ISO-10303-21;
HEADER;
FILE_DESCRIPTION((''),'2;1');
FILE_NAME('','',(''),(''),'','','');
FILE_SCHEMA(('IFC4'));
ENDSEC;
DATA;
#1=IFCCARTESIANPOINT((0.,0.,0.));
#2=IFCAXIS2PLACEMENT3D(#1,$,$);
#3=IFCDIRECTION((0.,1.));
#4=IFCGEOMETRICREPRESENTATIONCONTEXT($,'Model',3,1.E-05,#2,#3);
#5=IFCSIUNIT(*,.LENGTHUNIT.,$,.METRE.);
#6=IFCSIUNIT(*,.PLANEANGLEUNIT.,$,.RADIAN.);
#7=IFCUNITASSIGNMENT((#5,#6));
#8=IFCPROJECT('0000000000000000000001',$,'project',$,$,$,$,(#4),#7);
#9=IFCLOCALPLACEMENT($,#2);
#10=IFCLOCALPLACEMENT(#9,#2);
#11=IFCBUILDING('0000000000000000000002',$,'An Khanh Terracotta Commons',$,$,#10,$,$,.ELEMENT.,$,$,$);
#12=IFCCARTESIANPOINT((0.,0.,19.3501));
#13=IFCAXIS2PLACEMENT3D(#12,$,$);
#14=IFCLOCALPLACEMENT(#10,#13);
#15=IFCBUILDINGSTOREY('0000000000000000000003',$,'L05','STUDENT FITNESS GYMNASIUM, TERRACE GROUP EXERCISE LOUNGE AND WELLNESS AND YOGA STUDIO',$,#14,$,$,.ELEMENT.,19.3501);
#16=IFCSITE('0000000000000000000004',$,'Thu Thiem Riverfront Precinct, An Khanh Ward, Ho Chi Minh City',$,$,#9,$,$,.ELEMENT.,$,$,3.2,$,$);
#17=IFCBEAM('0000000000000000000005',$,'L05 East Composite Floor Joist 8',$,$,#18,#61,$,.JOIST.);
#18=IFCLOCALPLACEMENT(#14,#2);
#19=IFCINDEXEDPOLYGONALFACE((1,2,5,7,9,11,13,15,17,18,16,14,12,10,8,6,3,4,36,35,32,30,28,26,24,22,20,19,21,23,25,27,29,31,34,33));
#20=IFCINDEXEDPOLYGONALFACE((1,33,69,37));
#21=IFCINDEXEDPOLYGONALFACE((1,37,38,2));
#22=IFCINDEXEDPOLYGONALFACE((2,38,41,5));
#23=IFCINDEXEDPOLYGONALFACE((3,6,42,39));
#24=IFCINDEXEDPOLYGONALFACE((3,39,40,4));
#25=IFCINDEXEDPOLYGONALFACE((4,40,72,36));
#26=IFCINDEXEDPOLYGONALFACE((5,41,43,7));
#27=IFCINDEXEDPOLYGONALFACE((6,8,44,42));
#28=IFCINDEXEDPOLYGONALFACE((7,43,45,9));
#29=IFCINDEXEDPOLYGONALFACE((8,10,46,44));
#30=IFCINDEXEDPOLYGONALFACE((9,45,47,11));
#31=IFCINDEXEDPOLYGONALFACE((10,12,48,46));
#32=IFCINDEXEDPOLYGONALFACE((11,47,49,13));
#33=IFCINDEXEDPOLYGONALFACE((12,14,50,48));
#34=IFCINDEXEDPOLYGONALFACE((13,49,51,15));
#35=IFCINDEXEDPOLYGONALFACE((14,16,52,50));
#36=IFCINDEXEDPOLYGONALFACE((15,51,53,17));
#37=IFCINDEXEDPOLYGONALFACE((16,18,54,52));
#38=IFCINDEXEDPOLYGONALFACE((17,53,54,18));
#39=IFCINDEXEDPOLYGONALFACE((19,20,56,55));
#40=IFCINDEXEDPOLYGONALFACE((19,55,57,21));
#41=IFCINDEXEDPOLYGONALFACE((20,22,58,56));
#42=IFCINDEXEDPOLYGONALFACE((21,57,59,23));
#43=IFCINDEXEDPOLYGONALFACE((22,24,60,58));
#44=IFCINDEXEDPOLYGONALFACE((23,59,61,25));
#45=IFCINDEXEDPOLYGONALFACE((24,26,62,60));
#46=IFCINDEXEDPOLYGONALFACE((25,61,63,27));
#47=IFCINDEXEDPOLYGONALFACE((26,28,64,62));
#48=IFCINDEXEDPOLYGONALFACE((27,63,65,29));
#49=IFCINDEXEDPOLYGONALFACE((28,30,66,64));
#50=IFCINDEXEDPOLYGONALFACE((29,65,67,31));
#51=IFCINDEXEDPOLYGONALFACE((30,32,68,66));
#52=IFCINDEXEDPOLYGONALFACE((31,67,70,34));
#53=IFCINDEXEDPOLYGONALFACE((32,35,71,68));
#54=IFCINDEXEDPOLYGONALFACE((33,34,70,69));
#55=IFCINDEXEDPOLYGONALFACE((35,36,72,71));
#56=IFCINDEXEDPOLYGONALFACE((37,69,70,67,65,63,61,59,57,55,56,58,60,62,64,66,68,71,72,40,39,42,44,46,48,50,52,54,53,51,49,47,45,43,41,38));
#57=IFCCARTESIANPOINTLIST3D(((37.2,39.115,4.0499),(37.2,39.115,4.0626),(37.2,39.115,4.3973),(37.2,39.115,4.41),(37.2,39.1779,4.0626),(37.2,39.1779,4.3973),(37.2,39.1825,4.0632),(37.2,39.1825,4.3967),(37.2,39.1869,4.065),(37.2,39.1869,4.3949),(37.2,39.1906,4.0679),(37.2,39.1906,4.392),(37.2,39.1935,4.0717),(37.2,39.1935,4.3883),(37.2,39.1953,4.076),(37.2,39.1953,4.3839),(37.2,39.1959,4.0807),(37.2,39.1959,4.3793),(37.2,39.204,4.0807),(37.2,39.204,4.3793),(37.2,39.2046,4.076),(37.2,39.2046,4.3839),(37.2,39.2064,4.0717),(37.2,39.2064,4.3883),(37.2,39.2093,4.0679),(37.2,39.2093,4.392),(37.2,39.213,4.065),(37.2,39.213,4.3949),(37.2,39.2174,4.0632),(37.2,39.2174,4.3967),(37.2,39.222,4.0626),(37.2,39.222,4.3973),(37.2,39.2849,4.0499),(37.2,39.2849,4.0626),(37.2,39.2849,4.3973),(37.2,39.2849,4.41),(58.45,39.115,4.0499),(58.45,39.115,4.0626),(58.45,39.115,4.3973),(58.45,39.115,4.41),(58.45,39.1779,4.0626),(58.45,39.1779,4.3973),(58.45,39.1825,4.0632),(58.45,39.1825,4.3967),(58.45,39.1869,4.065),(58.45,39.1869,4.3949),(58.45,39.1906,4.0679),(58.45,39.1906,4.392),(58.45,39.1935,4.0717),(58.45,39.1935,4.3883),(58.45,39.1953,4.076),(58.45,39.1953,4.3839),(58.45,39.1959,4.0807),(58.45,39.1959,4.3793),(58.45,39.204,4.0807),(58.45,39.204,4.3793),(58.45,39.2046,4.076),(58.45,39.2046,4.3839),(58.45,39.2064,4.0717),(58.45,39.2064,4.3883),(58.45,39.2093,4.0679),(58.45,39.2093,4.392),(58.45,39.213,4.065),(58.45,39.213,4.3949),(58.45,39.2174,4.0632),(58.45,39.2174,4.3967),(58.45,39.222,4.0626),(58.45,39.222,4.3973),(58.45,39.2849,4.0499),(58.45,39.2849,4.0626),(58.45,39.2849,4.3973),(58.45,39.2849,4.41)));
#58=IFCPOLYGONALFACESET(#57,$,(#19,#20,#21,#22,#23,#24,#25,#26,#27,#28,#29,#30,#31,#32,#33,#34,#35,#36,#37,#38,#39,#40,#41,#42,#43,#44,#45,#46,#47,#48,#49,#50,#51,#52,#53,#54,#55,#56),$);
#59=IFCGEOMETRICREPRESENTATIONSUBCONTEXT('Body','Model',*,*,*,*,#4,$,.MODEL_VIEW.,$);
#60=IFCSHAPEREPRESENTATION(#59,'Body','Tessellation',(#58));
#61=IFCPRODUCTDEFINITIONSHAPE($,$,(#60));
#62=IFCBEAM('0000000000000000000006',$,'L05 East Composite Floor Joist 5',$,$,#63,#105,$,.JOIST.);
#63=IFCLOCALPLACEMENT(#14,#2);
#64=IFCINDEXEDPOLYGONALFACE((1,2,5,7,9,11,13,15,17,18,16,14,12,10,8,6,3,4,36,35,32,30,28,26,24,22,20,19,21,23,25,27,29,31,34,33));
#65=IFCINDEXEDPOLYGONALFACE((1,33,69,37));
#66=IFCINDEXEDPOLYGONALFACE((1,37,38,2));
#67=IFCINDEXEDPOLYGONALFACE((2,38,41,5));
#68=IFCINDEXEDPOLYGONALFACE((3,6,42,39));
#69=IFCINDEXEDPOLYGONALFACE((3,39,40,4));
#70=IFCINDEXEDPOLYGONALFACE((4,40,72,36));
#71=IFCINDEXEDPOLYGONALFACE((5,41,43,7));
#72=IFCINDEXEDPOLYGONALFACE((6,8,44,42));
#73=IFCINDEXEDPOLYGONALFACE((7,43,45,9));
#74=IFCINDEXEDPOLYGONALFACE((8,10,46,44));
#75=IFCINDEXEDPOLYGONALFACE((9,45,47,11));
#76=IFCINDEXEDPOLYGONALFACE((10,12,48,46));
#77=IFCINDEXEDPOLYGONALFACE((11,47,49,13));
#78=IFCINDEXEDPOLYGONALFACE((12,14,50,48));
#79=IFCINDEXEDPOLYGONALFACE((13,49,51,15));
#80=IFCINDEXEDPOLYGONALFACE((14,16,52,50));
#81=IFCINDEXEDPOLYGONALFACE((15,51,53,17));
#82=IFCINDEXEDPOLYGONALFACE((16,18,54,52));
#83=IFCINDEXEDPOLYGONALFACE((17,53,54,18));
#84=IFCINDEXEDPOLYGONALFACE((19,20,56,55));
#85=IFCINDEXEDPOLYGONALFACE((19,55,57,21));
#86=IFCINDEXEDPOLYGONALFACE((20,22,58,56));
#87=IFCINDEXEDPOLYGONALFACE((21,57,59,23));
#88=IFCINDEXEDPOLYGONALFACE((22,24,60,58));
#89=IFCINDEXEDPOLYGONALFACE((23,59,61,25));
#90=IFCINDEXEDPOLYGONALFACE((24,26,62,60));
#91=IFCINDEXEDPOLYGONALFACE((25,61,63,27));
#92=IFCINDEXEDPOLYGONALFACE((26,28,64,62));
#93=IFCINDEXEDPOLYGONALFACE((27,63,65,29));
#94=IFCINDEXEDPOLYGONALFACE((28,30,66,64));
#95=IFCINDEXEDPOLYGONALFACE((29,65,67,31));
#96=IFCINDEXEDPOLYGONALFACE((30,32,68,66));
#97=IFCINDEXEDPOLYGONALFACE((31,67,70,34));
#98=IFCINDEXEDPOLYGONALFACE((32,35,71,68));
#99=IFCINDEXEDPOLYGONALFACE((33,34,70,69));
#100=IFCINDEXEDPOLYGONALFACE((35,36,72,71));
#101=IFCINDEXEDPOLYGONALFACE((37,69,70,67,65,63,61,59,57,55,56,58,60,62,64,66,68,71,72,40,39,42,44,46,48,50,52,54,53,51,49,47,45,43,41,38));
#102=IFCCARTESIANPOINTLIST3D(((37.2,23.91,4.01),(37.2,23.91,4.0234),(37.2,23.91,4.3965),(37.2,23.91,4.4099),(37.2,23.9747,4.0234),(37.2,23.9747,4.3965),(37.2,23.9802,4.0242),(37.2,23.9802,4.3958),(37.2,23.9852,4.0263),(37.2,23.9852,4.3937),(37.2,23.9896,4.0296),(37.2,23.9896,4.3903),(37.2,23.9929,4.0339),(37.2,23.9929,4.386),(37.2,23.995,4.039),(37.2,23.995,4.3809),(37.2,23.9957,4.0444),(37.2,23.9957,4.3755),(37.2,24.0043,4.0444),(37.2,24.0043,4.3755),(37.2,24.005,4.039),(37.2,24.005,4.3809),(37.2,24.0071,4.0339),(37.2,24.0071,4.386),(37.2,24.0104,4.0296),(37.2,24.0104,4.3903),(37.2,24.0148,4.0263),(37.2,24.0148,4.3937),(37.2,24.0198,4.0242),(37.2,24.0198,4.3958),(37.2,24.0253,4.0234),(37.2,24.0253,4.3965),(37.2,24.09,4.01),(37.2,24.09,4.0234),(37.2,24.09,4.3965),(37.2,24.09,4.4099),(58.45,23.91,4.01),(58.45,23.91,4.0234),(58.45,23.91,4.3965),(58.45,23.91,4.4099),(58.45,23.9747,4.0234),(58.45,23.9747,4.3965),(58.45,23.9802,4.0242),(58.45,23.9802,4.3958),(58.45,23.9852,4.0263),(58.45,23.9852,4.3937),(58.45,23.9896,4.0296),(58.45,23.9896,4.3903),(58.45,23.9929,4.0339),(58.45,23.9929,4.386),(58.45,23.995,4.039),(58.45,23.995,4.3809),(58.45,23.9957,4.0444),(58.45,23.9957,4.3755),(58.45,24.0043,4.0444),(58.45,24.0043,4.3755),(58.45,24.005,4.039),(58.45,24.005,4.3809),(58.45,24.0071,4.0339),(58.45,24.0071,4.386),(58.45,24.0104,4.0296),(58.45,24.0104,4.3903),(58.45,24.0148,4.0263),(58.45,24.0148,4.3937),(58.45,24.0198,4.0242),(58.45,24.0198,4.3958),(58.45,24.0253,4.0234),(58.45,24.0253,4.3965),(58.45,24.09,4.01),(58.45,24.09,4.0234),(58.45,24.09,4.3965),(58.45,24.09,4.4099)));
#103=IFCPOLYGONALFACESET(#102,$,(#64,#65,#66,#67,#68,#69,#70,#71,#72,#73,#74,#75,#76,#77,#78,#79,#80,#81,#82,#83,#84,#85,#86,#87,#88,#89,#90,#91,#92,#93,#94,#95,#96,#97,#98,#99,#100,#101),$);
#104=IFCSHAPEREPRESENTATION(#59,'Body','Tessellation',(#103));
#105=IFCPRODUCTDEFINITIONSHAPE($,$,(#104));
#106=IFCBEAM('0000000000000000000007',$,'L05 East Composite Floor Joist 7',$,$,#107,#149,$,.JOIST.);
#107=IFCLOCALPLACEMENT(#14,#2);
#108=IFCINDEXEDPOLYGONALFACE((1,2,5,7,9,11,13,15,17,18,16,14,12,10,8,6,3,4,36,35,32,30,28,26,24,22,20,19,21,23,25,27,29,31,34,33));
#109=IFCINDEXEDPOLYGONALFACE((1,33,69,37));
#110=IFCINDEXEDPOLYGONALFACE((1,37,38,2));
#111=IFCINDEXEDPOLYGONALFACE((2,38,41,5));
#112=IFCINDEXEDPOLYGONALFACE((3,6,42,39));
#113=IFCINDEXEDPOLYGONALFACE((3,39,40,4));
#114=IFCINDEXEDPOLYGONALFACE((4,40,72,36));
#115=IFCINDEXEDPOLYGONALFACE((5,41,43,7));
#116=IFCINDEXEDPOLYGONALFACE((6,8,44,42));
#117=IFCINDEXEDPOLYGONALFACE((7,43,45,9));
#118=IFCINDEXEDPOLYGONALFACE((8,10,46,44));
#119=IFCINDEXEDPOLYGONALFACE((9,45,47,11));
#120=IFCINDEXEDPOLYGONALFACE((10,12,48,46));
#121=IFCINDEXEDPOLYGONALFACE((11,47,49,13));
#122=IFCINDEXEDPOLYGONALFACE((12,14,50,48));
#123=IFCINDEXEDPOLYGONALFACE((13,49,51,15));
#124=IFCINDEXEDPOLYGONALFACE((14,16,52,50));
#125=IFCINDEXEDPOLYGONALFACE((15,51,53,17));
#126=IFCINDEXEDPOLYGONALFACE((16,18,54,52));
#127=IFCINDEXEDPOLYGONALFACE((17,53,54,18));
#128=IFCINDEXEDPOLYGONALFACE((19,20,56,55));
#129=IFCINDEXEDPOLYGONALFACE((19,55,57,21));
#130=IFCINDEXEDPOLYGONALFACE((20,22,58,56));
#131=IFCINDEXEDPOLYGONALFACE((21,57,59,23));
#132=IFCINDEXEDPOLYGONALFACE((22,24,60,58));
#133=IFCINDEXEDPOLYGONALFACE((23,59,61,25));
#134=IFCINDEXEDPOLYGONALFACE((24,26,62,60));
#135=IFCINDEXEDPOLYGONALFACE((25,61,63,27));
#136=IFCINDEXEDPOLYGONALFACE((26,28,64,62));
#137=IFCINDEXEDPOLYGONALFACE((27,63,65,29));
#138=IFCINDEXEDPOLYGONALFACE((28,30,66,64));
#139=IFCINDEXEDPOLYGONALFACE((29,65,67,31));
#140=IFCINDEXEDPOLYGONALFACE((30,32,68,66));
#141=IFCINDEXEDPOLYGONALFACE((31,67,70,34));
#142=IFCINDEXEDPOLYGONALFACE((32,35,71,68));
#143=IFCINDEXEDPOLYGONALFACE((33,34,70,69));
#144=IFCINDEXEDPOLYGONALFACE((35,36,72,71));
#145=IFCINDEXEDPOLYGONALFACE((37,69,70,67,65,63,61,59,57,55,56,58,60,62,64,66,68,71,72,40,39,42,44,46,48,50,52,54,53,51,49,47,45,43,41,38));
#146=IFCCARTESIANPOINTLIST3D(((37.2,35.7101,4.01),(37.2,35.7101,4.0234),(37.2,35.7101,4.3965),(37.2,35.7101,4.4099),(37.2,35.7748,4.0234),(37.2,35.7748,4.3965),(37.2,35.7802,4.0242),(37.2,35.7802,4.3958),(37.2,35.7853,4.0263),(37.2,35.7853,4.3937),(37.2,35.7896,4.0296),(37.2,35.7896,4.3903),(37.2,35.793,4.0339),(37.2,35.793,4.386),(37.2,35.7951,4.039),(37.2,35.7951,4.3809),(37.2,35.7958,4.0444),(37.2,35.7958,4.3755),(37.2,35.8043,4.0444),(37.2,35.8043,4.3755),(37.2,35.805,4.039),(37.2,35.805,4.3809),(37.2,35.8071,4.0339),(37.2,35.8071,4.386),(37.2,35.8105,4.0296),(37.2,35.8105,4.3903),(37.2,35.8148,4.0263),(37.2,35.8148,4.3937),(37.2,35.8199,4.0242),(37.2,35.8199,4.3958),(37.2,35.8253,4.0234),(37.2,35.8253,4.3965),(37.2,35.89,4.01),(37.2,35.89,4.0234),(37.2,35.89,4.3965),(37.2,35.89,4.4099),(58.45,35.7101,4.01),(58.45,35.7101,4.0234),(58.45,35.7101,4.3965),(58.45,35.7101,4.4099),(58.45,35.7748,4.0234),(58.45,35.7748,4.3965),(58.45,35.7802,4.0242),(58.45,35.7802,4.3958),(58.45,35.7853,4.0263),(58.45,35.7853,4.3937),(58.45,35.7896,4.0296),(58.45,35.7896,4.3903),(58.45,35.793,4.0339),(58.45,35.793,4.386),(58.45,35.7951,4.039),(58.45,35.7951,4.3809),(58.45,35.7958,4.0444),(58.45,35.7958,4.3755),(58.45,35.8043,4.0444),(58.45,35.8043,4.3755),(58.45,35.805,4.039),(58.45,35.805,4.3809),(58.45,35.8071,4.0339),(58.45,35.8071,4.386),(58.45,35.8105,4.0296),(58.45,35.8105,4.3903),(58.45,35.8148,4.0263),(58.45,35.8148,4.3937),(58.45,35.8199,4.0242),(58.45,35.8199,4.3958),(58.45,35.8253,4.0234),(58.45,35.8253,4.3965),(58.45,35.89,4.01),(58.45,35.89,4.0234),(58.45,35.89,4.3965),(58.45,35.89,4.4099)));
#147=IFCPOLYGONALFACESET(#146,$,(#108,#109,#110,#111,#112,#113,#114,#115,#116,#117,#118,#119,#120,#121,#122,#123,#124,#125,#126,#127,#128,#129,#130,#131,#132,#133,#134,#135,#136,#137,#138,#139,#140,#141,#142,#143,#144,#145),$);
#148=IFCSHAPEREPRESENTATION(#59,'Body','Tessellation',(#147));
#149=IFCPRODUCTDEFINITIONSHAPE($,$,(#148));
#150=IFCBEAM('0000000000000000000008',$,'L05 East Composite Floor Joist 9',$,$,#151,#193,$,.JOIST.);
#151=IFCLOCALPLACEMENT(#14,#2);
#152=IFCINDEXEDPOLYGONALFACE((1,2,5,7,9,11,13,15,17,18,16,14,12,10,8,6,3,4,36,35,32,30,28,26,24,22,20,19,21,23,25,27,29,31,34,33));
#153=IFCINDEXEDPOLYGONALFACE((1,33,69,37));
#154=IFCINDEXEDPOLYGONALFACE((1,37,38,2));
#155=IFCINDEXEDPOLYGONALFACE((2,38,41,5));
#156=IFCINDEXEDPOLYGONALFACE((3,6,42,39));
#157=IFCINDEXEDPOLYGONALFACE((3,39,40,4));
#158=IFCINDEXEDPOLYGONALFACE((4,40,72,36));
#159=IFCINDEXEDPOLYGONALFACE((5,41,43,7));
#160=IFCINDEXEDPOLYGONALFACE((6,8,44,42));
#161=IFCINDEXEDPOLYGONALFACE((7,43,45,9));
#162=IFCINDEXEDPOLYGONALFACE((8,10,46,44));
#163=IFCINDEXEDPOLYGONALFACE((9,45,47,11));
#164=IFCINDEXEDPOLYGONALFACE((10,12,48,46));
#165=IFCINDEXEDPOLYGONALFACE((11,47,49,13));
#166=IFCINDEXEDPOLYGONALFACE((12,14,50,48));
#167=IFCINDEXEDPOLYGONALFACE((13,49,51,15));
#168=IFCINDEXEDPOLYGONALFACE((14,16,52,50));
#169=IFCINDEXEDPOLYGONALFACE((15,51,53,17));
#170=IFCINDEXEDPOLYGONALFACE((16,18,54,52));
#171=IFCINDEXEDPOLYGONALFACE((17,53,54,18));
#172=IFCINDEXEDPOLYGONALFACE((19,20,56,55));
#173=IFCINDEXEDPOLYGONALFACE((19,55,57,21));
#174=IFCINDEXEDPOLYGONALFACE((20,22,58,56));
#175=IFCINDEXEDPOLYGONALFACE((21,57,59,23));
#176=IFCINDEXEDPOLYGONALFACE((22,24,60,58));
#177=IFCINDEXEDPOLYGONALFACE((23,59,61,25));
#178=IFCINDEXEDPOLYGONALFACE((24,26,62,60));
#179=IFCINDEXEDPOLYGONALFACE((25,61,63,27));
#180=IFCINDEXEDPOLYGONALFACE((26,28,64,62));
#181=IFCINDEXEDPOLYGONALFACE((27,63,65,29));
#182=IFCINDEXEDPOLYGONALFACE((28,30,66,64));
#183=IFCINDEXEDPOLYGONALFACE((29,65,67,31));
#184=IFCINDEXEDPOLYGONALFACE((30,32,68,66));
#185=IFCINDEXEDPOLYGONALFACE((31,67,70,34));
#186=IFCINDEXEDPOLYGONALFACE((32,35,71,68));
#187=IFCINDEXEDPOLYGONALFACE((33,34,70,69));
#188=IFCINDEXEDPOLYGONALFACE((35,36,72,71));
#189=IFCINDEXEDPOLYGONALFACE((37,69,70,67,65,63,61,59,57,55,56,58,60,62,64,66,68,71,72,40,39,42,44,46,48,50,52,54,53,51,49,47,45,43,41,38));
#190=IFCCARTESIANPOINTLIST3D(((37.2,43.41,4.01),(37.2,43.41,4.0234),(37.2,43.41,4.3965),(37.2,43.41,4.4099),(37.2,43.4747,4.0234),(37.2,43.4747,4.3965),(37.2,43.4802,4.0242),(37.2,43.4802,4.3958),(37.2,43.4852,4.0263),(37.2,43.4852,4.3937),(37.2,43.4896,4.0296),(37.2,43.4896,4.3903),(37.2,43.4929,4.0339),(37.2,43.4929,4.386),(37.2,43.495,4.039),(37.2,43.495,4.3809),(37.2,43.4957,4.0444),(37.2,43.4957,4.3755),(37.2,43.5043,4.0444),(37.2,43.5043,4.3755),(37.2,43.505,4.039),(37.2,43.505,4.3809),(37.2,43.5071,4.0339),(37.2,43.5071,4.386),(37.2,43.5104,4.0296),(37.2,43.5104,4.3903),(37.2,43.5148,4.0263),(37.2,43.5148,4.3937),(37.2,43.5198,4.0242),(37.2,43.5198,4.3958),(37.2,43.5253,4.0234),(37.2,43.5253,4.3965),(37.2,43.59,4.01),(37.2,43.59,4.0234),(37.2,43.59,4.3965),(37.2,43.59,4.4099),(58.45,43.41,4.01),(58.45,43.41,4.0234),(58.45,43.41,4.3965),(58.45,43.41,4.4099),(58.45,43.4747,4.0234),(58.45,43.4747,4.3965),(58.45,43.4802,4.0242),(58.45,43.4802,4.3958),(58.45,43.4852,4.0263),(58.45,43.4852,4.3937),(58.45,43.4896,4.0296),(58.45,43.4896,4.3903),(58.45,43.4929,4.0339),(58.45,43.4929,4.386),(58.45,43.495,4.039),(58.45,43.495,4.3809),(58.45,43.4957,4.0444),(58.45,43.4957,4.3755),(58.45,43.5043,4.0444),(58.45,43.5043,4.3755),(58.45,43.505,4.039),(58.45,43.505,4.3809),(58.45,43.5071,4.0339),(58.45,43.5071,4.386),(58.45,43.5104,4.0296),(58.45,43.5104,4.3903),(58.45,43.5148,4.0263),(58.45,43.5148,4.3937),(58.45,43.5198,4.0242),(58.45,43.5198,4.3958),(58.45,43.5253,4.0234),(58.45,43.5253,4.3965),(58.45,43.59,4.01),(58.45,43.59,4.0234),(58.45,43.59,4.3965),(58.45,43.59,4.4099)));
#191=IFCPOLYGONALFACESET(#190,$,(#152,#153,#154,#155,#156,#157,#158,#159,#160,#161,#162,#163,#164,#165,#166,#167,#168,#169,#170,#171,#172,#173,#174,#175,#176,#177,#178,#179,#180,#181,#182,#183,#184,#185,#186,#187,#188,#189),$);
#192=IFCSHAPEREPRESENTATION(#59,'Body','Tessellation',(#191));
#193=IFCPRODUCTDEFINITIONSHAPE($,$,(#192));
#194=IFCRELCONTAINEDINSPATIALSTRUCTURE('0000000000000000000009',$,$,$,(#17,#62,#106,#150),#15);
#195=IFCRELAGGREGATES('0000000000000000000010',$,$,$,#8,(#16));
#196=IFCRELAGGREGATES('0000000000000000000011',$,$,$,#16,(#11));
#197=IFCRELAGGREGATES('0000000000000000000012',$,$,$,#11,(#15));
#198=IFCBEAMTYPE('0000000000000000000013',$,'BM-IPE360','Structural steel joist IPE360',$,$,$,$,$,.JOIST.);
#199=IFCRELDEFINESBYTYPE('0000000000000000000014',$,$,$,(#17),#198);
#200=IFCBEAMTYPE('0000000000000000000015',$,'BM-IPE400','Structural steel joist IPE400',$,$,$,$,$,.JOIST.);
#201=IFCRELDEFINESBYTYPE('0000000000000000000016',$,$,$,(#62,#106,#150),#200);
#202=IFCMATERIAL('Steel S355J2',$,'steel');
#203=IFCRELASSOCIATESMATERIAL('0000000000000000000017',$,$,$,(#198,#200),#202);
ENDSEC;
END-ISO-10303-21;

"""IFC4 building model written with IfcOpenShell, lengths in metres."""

from ifc_helpers import new_model, si_unit, direction, frame, origin, origin_2d, place, context, subcontext, project, spatial, i_section, extrude, material, material_profile, profile_set, type_object, element, save


model = new_model("IFC4")

# Units and contexts
model_context = context("Model", 3, precision=1e-05, world=origin(), true_north=direction((0.0, 1.0)))
body_context = subcontext(model_context, "Body", "Model", "MODEL_VIEW")
ifc_project = project(units=[si_unit("LENGTHUNIT", "METRE"), si_unit("PLANEANGLEUNIT", "RADIAN")], contexts=[model_context])

# Site, building, storey
site_placement = place(None, origin())
site = spatial("IfcSite", under=ifc_project, at=site_placement, Name="Thu Thiem Riverfront Precinct, An Khanh Ward, Ho Chi Minh City", CompositionType="ELEMENT", RefElevation=3.2)
building_placement = place(site_placement, origin())
building = spatial("IfcBuilding", under=site, at=building_placement, Name="An Khanh Terracotta Commons", CompositionType="ELEMENT")
storey_placement = place(building_placement, frame((0.0, 0.0, 19.3501)))
storey = spatial("IfcBuildingStorey", under=building, at=storey_placement, Name="L05", Description="STUDENT FITNESS GYMNASIUM, TERRACE GROUP EXERCISE LOUNGE AND WELLNESS AND YOGA STUDIO", CompositionType="ELEMENT", Elevation=19.3501)

# Beams
ifc_material_1 = material(Name="Steel S355J2", Category="steel")
ifc_material_profile_1 = material_profile(ifc_material_1, i_section(OverallWidth=0.1699, OverallDepth=0.3601, WebThickness=0.0081, FlangeThickness=0.0127, FilletRadius=0.0181, at=origin_2d()), Name="IPE360")
ifc_profile_set_1 = profile_set([ifc_material_profile_1], Name="Steel S355J2")
beam_type_1 = type_object("IfcBeamType", Name="BM-IPE360", Description="Structural steel joist IPE360", PredefinedType="JOIST", material=ifc_profile_set_1)
for number, where, z_axis, x_axis, name in (
    (1, (37.2, 39.2, 4.23), (1.0, 0.0, 0.0), (0.0, 1.0, 0.0), "L05 East Composite Floor Joist 8"),
):
    element("IfcBeam", number, at=place(storey_placement, frame(where, z_axis=z_axis, x_axis=x_axis)), inside=storey, type_object=beam_type_1, Name=name, PredefinedType="JOIST", context=body_context, shape_type="SweptSolid", body=[
        extrude(i_section(OverallWidth=0.1699, OverallDepth=0.3601, WebThickness=0.0081, FlangeThickness=0.0127, FilletRadius=0.0181, at=origin_2d()), origin(), (0.0, 0.0, 1.0), 21.25),
    ])
ifc_material_profile_2 = material_profile(ifc_material_1, i_section(OverallWidth=0.1799, OverallDepth=0.3999, WebThickness=0.0085, FlangeThickness=0.0134, FilletRadius=0.021, at=origin_2d()), Name="IPE400")
ifc_profile_set_2 = profile_set([ifc_material_profile_2], Name="Steel S355J2")
beam_type_2 = type_object("IfcBeamType", Name="BM-IPE400", Description="Structural steel joist IPE400", PredefinedType="JOIST", material=ifc_profile_set_2)
for number, where, z_axis, x_axis, name in (
    (2, (37.2, 24.0, 4.21), (1.0, 0.0, 0.0), (0.0, 1.0, 0.0), "L05 East Composite Floor Joist 5"),
    (3, (37.2, 35.8, 4.21), (1.0, 0.0, 0.0), (0.0, 1.0, 0.0), "L05 East Composite Floor Joist 7"),
    (4, (37.2, 43.5, 4.21), (1.0, 0.0, 0.0), (0.0, 1.0, 0.0), "L05 East Composite Floor Joist 9"),
):
    element("IfcBeam", number, at=place(storey_placement, frame(where, z_axis=z_axis, x_axis=x_axis)), inside=storey, type_object=beam_type_2, Name=name, PredefinedType="JOIST", context=body_context, shape_type="SweptSolid", body=[
        extrude(i_section(OverallWidth=0.1799, OverallDepth=0.3999, WebThickness=0.0085, FlangeThickness=0.0134, FilletRadius=0.021, at=origin_2d()), origin(), (0.0, 0.0, 1.0), 21.25),
    ])

save(model, "model.ifc")
